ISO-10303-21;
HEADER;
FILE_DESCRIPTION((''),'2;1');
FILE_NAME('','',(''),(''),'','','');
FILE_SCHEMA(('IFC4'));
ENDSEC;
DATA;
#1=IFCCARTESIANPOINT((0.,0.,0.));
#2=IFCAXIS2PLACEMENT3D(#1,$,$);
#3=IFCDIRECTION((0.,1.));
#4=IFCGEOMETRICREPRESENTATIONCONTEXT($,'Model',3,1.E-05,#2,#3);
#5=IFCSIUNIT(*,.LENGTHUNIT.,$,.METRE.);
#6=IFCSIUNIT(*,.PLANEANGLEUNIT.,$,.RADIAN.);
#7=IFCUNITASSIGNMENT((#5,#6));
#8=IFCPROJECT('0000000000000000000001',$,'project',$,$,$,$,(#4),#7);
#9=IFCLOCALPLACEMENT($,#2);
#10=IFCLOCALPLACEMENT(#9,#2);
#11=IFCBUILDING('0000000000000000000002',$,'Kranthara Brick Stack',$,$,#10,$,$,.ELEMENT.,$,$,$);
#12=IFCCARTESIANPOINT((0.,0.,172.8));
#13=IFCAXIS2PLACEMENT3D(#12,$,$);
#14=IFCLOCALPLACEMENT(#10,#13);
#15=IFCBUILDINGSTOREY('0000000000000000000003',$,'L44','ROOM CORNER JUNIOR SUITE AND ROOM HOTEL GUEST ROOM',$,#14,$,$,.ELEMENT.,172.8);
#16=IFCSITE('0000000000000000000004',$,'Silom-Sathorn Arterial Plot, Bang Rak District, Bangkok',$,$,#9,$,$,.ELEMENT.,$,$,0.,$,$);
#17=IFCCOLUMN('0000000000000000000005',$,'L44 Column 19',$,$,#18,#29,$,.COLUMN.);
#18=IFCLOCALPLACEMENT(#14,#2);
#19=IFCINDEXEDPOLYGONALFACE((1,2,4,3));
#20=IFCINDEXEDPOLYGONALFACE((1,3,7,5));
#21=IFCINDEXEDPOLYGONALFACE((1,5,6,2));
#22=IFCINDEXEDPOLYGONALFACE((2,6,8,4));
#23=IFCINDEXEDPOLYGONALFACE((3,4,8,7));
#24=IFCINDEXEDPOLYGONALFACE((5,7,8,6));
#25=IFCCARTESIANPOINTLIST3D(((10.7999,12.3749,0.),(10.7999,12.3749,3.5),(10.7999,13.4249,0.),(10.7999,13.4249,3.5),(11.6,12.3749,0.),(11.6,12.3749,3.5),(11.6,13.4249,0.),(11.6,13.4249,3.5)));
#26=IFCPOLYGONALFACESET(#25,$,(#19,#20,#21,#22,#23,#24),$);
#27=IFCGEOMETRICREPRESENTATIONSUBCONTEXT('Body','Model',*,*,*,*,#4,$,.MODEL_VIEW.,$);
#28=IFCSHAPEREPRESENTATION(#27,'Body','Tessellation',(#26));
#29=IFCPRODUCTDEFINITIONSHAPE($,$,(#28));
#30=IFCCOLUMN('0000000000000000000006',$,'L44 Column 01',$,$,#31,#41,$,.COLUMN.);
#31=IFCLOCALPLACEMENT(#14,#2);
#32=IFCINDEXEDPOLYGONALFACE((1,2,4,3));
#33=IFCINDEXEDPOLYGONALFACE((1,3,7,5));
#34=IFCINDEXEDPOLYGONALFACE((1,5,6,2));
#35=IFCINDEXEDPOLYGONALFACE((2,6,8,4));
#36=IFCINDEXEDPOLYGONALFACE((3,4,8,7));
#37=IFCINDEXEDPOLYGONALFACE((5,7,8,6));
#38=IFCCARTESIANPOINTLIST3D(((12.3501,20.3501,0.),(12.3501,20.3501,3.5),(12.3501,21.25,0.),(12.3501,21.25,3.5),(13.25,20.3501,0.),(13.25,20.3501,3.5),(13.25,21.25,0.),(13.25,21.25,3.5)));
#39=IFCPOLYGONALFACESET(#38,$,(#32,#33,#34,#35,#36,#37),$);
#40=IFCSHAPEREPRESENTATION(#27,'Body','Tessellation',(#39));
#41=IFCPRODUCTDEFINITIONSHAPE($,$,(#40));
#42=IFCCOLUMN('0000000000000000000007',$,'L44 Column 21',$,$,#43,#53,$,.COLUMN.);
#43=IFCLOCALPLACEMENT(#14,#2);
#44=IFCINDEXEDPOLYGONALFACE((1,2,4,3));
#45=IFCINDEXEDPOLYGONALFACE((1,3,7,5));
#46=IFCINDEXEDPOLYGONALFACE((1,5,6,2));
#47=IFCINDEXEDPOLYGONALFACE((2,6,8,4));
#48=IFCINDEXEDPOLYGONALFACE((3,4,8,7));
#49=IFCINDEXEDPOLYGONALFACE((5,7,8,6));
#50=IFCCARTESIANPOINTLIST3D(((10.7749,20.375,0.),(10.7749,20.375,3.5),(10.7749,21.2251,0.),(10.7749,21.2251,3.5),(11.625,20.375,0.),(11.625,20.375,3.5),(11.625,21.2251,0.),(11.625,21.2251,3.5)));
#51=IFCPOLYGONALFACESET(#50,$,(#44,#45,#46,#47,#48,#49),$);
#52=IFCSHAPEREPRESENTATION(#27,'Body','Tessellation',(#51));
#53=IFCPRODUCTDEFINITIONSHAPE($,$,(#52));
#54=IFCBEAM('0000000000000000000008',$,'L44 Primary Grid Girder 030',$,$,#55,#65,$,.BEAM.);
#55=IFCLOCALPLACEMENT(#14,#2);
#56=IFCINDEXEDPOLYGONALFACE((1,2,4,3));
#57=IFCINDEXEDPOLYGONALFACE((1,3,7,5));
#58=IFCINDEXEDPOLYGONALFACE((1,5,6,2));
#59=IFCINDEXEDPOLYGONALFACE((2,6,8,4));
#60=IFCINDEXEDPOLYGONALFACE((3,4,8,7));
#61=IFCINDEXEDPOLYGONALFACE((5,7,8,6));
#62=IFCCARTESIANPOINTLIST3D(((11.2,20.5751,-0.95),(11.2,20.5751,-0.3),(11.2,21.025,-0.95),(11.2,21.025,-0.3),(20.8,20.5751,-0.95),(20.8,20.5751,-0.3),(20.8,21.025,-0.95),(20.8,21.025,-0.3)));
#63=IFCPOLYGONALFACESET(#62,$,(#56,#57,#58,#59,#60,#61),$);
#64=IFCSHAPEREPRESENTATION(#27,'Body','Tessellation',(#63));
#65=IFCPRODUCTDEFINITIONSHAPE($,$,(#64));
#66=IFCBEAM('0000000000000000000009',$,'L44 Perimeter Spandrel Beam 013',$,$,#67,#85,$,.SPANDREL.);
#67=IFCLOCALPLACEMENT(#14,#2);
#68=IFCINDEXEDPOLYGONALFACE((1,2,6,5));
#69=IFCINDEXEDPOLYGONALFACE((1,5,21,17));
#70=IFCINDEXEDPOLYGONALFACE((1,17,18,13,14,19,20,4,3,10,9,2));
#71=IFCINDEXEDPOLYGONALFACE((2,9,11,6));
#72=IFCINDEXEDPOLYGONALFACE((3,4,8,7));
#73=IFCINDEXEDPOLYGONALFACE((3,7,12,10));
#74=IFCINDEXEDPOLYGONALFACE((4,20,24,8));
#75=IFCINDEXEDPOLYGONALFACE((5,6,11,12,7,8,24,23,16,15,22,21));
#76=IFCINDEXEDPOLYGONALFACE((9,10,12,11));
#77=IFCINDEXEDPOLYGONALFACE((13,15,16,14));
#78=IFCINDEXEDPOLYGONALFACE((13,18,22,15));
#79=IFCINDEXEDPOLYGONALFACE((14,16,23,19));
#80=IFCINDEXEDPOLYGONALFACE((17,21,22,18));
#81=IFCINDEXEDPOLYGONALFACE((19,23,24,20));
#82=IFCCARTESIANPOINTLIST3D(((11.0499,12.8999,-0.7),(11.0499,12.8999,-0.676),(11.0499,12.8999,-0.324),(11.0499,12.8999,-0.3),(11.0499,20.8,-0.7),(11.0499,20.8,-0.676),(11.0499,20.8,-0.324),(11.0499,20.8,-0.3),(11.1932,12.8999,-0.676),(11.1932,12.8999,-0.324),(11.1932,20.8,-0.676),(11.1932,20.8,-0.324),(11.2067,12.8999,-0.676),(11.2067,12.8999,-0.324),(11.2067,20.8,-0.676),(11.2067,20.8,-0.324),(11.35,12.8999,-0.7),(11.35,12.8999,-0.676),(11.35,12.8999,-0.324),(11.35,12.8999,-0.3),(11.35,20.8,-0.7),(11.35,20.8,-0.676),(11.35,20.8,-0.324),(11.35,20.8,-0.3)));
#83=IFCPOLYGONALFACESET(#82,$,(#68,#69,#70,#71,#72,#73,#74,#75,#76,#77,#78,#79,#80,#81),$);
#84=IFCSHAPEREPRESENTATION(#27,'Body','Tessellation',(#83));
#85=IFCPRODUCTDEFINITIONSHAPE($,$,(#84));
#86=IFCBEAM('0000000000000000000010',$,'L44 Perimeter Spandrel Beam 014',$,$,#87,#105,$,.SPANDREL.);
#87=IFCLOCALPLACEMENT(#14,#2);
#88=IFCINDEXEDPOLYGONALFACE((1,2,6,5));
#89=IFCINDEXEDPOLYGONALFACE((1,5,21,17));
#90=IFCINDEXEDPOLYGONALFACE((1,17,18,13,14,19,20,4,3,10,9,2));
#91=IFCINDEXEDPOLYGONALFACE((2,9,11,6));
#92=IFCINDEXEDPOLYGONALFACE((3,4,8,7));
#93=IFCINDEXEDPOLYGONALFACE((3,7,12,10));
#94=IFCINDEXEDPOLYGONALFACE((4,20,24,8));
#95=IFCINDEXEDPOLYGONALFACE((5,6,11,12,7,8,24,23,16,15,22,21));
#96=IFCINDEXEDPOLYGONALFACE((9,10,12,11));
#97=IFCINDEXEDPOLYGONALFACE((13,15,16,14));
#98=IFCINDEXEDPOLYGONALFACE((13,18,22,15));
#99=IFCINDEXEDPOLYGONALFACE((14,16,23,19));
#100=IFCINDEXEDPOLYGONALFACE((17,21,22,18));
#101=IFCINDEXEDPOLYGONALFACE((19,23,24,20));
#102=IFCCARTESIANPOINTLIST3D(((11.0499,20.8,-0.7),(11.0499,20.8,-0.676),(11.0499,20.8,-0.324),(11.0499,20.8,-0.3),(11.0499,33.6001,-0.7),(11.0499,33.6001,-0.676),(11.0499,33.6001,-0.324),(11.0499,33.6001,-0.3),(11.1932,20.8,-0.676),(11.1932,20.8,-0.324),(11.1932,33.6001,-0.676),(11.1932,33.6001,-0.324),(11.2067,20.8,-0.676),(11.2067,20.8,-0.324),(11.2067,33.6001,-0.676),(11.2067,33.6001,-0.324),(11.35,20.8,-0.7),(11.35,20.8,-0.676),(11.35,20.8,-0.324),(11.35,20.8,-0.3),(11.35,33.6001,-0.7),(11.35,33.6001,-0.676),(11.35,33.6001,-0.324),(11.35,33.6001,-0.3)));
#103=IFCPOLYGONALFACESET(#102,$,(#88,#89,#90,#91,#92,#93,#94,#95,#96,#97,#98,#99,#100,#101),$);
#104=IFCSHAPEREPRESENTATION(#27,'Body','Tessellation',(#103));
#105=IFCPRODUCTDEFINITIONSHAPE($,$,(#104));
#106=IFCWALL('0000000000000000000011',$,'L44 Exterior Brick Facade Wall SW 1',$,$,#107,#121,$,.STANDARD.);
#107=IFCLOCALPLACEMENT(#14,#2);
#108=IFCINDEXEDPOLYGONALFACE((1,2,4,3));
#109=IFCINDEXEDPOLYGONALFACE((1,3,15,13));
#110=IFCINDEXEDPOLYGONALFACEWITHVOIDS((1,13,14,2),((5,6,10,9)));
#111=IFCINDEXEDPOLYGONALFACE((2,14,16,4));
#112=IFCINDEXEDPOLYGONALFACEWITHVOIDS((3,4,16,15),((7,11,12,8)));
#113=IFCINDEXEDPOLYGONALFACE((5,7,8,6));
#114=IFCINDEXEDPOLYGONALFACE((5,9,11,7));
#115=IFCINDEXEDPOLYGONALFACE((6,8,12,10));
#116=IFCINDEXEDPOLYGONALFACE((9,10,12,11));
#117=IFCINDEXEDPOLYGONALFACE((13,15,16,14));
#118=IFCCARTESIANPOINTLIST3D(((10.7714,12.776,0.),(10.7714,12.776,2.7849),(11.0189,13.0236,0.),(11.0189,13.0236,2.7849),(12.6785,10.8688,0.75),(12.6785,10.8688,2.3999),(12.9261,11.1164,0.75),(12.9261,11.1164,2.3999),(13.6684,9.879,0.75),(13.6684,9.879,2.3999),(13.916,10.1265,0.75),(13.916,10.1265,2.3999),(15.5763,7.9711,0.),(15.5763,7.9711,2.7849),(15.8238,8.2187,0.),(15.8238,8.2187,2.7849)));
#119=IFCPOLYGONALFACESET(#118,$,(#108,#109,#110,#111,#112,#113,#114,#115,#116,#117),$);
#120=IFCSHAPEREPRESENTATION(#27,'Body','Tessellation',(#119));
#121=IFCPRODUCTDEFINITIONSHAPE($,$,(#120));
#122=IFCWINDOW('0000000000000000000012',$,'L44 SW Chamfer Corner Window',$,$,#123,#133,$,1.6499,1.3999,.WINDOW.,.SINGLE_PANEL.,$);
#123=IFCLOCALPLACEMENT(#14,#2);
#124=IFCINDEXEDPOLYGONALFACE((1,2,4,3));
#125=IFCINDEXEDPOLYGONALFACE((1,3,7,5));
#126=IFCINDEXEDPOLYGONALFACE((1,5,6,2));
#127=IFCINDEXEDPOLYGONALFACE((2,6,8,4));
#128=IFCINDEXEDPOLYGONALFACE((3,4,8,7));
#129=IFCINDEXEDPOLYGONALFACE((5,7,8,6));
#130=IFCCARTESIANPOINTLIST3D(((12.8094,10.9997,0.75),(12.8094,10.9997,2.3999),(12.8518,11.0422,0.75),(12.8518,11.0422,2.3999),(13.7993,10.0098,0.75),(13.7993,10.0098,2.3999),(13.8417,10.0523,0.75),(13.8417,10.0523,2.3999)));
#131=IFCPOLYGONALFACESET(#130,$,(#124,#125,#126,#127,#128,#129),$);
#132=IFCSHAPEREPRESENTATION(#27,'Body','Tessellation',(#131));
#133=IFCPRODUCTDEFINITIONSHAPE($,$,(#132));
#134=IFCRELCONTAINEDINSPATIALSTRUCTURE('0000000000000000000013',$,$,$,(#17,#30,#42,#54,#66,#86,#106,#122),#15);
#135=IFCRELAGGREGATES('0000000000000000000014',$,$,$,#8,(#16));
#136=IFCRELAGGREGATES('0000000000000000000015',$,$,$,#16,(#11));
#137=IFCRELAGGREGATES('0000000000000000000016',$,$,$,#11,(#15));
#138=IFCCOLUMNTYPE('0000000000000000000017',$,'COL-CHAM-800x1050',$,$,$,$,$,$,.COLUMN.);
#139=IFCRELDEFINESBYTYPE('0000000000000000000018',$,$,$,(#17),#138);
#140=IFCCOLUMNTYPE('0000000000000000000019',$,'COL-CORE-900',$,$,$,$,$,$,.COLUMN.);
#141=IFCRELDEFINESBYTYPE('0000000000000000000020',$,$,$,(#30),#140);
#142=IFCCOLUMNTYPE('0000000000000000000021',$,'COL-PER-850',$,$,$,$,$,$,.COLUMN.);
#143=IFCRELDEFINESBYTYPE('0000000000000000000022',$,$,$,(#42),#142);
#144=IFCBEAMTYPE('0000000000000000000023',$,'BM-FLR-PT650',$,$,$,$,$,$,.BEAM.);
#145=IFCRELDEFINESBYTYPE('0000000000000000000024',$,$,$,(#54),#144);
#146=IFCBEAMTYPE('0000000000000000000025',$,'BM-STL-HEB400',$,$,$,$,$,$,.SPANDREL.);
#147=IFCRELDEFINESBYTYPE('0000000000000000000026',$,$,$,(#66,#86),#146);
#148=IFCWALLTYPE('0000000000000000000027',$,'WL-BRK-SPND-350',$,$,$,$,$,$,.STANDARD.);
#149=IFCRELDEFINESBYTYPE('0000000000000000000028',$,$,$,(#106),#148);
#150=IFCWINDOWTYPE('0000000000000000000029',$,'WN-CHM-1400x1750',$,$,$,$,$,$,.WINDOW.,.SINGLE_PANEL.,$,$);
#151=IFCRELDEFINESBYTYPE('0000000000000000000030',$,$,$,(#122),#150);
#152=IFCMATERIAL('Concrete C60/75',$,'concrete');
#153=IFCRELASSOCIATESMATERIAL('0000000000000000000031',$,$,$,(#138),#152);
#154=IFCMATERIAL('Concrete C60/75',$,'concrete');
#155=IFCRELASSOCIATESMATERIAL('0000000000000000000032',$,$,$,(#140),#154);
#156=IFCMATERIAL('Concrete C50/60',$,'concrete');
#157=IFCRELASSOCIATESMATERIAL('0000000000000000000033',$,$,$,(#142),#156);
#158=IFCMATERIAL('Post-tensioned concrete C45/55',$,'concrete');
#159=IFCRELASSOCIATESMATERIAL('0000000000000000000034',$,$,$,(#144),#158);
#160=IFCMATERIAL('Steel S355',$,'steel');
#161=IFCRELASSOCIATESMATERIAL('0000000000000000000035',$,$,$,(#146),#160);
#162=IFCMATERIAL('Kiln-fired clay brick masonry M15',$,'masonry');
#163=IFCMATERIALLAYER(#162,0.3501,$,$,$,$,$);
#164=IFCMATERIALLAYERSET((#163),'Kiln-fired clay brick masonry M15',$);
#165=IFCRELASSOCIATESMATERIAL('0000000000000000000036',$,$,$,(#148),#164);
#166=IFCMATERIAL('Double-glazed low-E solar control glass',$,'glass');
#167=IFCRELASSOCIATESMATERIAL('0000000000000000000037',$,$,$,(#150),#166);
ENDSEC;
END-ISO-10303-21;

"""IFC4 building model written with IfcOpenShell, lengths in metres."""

from ifc_helpers import new_model, si_unit, direction, frame, frame_2d, origin, origin_2d, place, context, subcontext, project, spatial, rectangle, i_section, extrude, material, layer, layer_set, material_profile, profile_set, type_object, element, fill, save


model = new_model("IFC4")

# Units and contexts
model_context = context("Model", 3, precision=1e-05, world=origin(), true_north=direction((0.0, 1.0)))
body_context = subcontext(model_context, "Body", "Model", "MODEL_VIEW")
ifc_project = project(units=[si_unit("LENGTHUNIT", "METRE"), si_unit("PLANEANGLEUNIT", "RADIAN")], contexts=[model_context])

# Site, building, storey
site_placement = place(None, origin())
site = spatial("IfcSite", under=ifc_project, at=site_placement, Name="Silom-Sathorn Arterial Plot, Bang Rak District, Bangkok", CompositionType="ELEMENT", RefElevation=0.0)
building_placement = place(site_placement, origin())
building = spatial("IfcBuilding", under=site, at=building_placement, Name="Kranthara Brick Stack", CompositionType="ELEMENT")
storey_placement = place(building_placement, frame((0.0, 0.0, 172.8)))
storey = spatial("IfcBuildingStorey", under=building, at=storey_placement, Name="L44", Description="ROOM CORNER JUNIOR SUITE AND ROOM HOTEL GUEST ROOM", CompositionType="ELEMENT", Elevation=172.8)

# Columns
ifc_material_1 = material(Name="Concrete C60/75", Category="concrete")
ifc_material_profile_1 = material_profile(ifc_material_1, rectangle(XDim=0.8, YDim=1.05, at=origin_2d()), Name="RC 800x1050")
ifc_profile_set_1 = profile_set([ifc_material_profile_1], Name="Concrete C60/75")
column_type_1 = type_object("IfcColumnType", Name="COL-CHAM-800x1050", PredefinedType="COLUMN", material=ifc_profile_set_1)
column_1_placement = place(storey_placement, frame((11.2, 12.8999, 0.0), z_axis=(0.0, 0.0, 1.0), x_axis=(1.0, 0.0, 0.0)))
element("IfcColumn", 1, at=column_1_placement, inside=storey, type_object=column_type_1, Name="L44 Column 19", PredefinedType="COLUMN", context=body_context, shape_type="SweptSolid", body=[
    extrude(rectangle(XDim=0.8, YDim=1.05, at=origin_2d()), origin(), (0.0, 0.0, 1.0), 3.5),
])
ifc_material_2 = material(Name="Concrete C60/75", Category="concrete")
ifc_material_profile_2 = material_profile(ifc_material_2, rectangle(XDim=0.8999, YDim=0.8999, at=origin_2d()), Name="RC 900x900")
ifc_profile_set_2 = profile_set([ifc_material_profile_2], Name="Concrete C60/75")
column_type_2 = type_object("IfcColumnType", Name="COL-CORE-900", PredefinedType="COLUMN", material=ifc_profile_set_2)
column_2_placement = place(storey_placement, frame((12.8, 20.8, 0.0), z_axis=(0.0, 0.0, 1.0), x_axis=(1.0, 0.0, 0.0)))
element("IfcColumn", 2, at=column_2_placement, inside=storey, type_object=column_type_2, Name="L44 Column 01", PredefinedType="COLUMN", context=body_context, shape_type="SweptSolid", body=[
    extrude(rectangle(XDim=0.8999, YDim=0.8999, at=origin_2d()), origin(), (0.0, 0.0, 1.0), 3.5),
])
ifc_material_3 = material(Name="Concrete C50/60", Category="concrete")
ifc_material_profile_3 = material_profile(ifc_material_3, rectangle(XDim=0.8501, YDim=0.8501, at=origin_2d()), Name="RC 850x850")
ifc_profile_set_3 = profile_set([ifc_material_profile_3], Name="Concrete C50/60")
column_type_3 = type_object("IfcColumnType", Name="COL-PER-850", PredefinedType="COLUMN", material=ifc_profile_set_3)
column_3_placement = place(storey_placement, frame((11.2, 20.8, 0.0), z_axis=(0.0, 0.0, 1.0), x_axis=(1.0, 0.0, 0.0)))
element("IfcColumn", 3, at=column_3_placement, inside=storey, type_object=column_type_3, Name="L44 Column 21", PredefinedType="COLUMN", context=body_context, shape_type="SweptSolid", body=[
    extrude(rectangle(XDim=0.8501, YDim=0.8501, at=origin_2d()), origin(), (0.0, 0.0, 1.0), 3.5),
])

# Beams
ifc_material_4 = material(Name="Post-tensioned concrete C45/55", Category="concrete")
ifc_material_profile_4 = material_profile(ifc_material_4, rectangle(XDim=0.45, YDim=0.6499, at=origin_2d()), Name="PT 450x650")
ifc_profile_set_4 = profile_set([ifc_material_profile_4], Name="Post-tensioned concrete C45/55")
beam_type_1 = type_object("IfcBeamType", Name="BM-FLR-PT650", PredefinedType="BEAM", material=ifc_profile_set_4)
beam_1_placement = place(storey_placement, frame((11.2, 20.8, -0.625), z_axis=(1.0, 0.0, 0.0), x_axis=(0.0, 1.0, 0.0)))
element("IfcBeam", 4, at=beam_1_placement, inside=storey, type_object=beam_type_1, Name="L44 Primary Grid Girder 030", PredefinedType="BEAM", context=body_context, shape_type="SweptSolid", body=[
    extrude(rectangle(XDim=0.45, YDim=0.6499, at=origin_2d()), origin(), (0.0, 0.0, 1.0), 9.6001),
])
ifc_material_5 = material(Name="Steel S355", Category="steel")
ifc_material_profile_5 = material_profile(ifc_material_5, i_section(OverallWidth=0.3, OverallDepth=0.3999, WebThickness=0.0134, FlangeThickness=0.0239, at=origin_2d()), Name="HEB 400")
ifc_profile_set_5 = profile_set([ifc_material_profile_5], Name="Steel S355")
beam_type_2 = type_object("IfcBeamType", Name="BM-STL-HEB400", PredefinedType="SPANDREL", material=ifc_profile_set_5)
beam_2_placement = place(storey_placement, frame((11.2, 12.8999, -0.5), z_axis=(0.0, 1.0, 0.0), x_axis=(-1.0, 0.0, 0.0)))
element("IfcBeam", 5, at=beam_2_placement, inside=storey, type_object=beam_type_2, Name="L44 Perimeter Spandrel Beam 013", PredefinedType="SPANDREL", context=body_context, shape_type="SweptSolid", body=[
    extrude(i_section(OverallWidth=0.3, OverallDepth=0.3999, WebThickness=0.0134, FlangeThickness=0.0239, at=origin_2d()), origin(), (0.0, 0.0, 1.0), 7.9001),
])
beam_3_placement = place(storey_placement, frame((11.2, 20.8, -0.5), z_axis=(0.0, 1.0, 0.0), x_axis=(-1.0, 0.0, 0.0)))
element("IfcBeam", 6, at=beam_3_placement, inside=storey, type_object=beam_type_2, Name="L44 Perimeter Spandrel Beam 014", PredefinedType="SPANDREL", context=body_context, shape_type="SweptSolid", body=[
    extrude(i_section(OverallWidth=0.3, OverallDepth=0.3999, WebThickness=0.0134, FlangeThickness=0.0239, at=origin_2d()), origin(), (0.0, 0.0, 1.0), 12.8),
])

# Wall, opening, window
ifc_material_6 = material(Name="Kiln-fired clay brick masonry M15", Category="masonry")
ifc_layer_1 = layer(ifc_material_6, 0.3501)
ifc_layer_set_1 = layer_set([ifc_layer_1], Name="Kiln-fired clay brick masonry M15")
wall_type_1 = type_object("IfcWallType", Name="WL-BRK-SPND-350", PredefinedType="STANDARD", material=ifc_layer_set_1)
wall_1_placement = place(storey_placement, frame((15.7, 8.095, 0.0), z_axis=(0.0, 0.0, 1.0), x_axis=(-0.707107, 0.707107, 0.0)))
wall_1 = element("IfcWall", 7, at=wall_1_placement, inside=storey, type_object=wall_type_1, Name="L44 Exterior Brick Facade Wall SW 1", PredefinedType="STANDARD", context=body_context, shape_type="SweptSolid", body=[
    extrude(rectangle(XDim=6.7952, YDim=0.3501, at=frame_2d((3.3975, 0.0))), origin(), (0.0, 0.0, 1.0), 2.7849),
])
opening_1_placement = place(wall_1_placement, frame((2.698, 0.0, 0.75)))
opening_1 = element("IfcOpeningElement", 8, at=opening_1_placement, cuts=wall_1, PredefinedType="OPENING", context=body_context, shape_type="SweptSolid", body=[
    extrude(rectangle(XDim=1.3999, YDim=1.6499, at=frame_2d((0.7, 0.825))), frame((0.0, 0.1851, 0.0), z_axis=(0.0, -1.0, 0.0), x_axis=(1.0, 0.0, 0.0)), (0.0, 0.0, 1.0), 0.3701),
])
ifc_material_7 = material(Name="Double-glazed low-E solar control glass", Category="glass")
window_type_1 = type_object("IfcWindowType", Name="WN-CHM-1400x1750", PartitioningType="SINGLE_PANEL", PredefinedType="WINDOW", material=ifc_material_7)
window_1_placement = place(opening_1_placement, origin())
window_1 = element("IfcWindow", 9, at=window_1_placement, inside=storey, type_object=window_type_1, Name="L44 SW Chamfer Corner Window", OverallHeight=1.6499, OverallWidth=1.3999, PartitioningType="SINGLE_PANEL", PredefinedType="WINDOW", context=body_context, shape_type="SweptSolid", body=[
    extrude(rectangle(XDim=1.3999, YDim=1.6499, at=frame_2d((0.7, 0.825))), frame((0.0, -0.01, 0.0), z_axis=(0.0, -1.0, 0.0), x_axis=(1.0, 0.0, 0.0)), (0.0, 0.0, 1.0), 0.0601),
])
fill(opening_1, window_1)

save(model, "model.ifc")
